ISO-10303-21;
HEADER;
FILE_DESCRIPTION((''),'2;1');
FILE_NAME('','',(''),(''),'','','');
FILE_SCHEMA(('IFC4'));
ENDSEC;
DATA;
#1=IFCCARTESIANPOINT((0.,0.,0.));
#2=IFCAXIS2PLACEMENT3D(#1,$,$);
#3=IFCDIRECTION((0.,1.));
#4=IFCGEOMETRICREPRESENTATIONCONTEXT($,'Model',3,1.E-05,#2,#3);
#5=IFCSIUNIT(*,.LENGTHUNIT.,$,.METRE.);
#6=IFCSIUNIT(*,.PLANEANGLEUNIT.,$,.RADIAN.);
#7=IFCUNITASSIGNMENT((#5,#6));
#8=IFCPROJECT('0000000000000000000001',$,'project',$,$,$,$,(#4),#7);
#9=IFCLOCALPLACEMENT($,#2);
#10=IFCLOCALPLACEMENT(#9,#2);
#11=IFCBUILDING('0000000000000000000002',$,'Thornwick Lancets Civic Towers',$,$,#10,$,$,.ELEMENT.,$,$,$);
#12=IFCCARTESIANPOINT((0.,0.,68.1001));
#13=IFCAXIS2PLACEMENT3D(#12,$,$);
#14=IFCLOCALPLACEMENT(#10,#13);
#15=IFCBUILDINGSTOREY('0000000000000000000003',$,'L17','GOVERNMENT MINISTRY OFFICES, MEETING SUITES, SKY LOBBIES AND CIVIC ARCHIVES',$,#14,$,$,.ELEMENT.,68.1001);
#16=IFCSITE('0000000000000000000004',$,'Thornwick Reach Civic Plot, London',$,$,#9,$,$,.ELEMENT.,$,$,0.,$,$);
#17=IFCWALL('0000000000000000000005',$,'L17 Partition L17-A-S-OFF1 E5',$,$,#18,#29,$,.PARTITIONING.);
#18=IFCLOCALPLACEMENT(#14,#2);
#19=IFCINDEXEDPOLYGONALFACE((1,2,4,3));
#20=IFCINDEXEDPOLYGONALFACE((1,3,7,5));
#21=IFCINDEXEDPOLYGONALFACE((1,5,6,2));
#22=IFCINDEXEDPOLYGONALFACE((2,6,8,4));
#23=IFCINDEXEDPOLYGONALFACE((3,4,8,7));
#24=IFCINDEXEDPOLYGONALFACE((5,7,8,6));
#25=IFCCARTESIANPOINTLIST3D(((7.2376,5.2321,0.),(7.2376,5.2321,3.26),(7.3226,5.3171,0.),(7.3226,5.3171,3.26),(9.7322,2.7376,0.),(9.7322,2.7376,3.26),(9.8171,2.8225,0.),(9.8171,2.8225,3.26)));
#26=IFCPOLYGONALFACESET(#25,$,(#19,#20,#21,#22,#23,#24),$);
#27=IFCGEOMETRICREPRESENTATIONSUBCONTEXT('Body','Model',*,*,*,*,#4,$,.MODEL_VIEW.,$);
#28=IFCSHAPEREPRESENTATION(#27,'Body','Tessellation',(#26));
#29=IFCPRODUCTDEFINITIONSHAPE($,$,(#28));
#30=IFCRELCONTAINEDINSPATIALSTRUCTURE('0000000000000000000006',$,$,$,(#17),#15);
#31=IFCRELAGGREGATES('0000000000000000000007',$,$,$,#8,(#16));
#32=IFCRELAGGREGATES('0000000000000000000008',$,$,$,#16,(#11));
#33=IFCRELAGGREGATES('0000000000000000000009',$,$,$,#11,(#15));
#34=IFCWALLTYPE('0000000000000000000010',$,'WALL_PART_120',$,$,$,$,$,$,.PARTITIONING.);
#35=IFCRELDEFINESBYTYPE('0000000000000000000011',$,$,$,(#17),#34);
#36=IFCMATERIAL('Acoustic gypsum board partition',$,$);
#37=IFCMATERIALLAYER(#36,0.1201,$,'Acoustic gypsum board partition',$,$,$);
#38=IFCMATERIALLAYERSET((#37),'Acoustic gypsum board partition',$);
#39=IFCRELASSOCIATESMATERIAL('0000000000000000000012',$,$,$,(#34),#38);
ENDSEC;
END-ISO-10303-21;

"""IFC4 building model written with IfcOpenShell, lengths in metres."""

from ifc_helpers import new_model, si_unit, direction, frame, frame_2d, origin, place, context, subcontext, project, spatial, rectangle, extrude, material, layer, layer_set, type_object, element, save


model = new_model("IFC4")

# Units and contexts
model_context = context("Model", 3, precision=1e-05, world=origin(), true_north=direction((0.0, 1.0)))
body_context = subcontext(model_context, "Body", "Model", "MODEL_VIEW")
ifc_project = project(units=[si_unit("LENGTHUNIT", "METRE"), si_unit("PLANEANGLEUNIT", "RADIAN")], contexts=[model_context])

# Site, building, storey
site_placement = place(None, origin())
site = spatial("IfcSite", under=ifc_project, at=site_placement, Name="Thornwick Reach Civic Plot, London", CompositionType="ELEMENT", RefElevation=0.0)
building_placement = place(site_placement, origin())
building = spatial("IfcBuilding", under=site, at=building_placement, Name="Thornwick Lancets Civic Towers", CompositionType="ELEMENT")
storey_placement = place(building_placement, frame((0.0, 0.0, 68.1001)))
storey = spatial("IfcBuildingStorey", under=building, at=storey_placement, Name="L17", Description="GOVERNMENT MINISTRY OFFICES, MEETING SUITES, SKY LOBBIES AND CIVIC ARCHIVES", CompositionType="ELEMENT", Elevation=68.1001)

# Wall
ifc_material_1 = material(Name="Acoustic gypsum board partition")
ifc_layer_1 = layer(ifc_material_1, 0.1201, Name="Acoustic gypsum board partition")
ifc_layer_set_1 = layer_set([ifc_layer_1], Name="Acoustic gypsum board partition")
wall_type_1 = type_object("IfcWallType", Name="WALL_PART_120", PredefinedType="PARTITIONING", material=ifc_layer_set_1)
wall_1_placement = place(storey_placement, frame((9.7747, 2.78, 0.0), z_axis=(0.0, 0.0, 1.0), x_axis=(-0.707107, 0.707107, 0.0)))
element("IfcWall", 1, at=wall_1_placement, inside=storey, type_object=wall_type_1, Name="L17 Partition L17-A-S-OFF1 E5", PredefinedType="PARTITIONING", context=body_context, shape_type="SweptSolid", body=[
    extrude(rectangle(XDim=3.5278, YDim=0.1201, at=frame_2d((1.7639, 0.0))), origin(), (0.0, 0.0, 1.0), 3.26),
])

save(model, "model.ifc")
